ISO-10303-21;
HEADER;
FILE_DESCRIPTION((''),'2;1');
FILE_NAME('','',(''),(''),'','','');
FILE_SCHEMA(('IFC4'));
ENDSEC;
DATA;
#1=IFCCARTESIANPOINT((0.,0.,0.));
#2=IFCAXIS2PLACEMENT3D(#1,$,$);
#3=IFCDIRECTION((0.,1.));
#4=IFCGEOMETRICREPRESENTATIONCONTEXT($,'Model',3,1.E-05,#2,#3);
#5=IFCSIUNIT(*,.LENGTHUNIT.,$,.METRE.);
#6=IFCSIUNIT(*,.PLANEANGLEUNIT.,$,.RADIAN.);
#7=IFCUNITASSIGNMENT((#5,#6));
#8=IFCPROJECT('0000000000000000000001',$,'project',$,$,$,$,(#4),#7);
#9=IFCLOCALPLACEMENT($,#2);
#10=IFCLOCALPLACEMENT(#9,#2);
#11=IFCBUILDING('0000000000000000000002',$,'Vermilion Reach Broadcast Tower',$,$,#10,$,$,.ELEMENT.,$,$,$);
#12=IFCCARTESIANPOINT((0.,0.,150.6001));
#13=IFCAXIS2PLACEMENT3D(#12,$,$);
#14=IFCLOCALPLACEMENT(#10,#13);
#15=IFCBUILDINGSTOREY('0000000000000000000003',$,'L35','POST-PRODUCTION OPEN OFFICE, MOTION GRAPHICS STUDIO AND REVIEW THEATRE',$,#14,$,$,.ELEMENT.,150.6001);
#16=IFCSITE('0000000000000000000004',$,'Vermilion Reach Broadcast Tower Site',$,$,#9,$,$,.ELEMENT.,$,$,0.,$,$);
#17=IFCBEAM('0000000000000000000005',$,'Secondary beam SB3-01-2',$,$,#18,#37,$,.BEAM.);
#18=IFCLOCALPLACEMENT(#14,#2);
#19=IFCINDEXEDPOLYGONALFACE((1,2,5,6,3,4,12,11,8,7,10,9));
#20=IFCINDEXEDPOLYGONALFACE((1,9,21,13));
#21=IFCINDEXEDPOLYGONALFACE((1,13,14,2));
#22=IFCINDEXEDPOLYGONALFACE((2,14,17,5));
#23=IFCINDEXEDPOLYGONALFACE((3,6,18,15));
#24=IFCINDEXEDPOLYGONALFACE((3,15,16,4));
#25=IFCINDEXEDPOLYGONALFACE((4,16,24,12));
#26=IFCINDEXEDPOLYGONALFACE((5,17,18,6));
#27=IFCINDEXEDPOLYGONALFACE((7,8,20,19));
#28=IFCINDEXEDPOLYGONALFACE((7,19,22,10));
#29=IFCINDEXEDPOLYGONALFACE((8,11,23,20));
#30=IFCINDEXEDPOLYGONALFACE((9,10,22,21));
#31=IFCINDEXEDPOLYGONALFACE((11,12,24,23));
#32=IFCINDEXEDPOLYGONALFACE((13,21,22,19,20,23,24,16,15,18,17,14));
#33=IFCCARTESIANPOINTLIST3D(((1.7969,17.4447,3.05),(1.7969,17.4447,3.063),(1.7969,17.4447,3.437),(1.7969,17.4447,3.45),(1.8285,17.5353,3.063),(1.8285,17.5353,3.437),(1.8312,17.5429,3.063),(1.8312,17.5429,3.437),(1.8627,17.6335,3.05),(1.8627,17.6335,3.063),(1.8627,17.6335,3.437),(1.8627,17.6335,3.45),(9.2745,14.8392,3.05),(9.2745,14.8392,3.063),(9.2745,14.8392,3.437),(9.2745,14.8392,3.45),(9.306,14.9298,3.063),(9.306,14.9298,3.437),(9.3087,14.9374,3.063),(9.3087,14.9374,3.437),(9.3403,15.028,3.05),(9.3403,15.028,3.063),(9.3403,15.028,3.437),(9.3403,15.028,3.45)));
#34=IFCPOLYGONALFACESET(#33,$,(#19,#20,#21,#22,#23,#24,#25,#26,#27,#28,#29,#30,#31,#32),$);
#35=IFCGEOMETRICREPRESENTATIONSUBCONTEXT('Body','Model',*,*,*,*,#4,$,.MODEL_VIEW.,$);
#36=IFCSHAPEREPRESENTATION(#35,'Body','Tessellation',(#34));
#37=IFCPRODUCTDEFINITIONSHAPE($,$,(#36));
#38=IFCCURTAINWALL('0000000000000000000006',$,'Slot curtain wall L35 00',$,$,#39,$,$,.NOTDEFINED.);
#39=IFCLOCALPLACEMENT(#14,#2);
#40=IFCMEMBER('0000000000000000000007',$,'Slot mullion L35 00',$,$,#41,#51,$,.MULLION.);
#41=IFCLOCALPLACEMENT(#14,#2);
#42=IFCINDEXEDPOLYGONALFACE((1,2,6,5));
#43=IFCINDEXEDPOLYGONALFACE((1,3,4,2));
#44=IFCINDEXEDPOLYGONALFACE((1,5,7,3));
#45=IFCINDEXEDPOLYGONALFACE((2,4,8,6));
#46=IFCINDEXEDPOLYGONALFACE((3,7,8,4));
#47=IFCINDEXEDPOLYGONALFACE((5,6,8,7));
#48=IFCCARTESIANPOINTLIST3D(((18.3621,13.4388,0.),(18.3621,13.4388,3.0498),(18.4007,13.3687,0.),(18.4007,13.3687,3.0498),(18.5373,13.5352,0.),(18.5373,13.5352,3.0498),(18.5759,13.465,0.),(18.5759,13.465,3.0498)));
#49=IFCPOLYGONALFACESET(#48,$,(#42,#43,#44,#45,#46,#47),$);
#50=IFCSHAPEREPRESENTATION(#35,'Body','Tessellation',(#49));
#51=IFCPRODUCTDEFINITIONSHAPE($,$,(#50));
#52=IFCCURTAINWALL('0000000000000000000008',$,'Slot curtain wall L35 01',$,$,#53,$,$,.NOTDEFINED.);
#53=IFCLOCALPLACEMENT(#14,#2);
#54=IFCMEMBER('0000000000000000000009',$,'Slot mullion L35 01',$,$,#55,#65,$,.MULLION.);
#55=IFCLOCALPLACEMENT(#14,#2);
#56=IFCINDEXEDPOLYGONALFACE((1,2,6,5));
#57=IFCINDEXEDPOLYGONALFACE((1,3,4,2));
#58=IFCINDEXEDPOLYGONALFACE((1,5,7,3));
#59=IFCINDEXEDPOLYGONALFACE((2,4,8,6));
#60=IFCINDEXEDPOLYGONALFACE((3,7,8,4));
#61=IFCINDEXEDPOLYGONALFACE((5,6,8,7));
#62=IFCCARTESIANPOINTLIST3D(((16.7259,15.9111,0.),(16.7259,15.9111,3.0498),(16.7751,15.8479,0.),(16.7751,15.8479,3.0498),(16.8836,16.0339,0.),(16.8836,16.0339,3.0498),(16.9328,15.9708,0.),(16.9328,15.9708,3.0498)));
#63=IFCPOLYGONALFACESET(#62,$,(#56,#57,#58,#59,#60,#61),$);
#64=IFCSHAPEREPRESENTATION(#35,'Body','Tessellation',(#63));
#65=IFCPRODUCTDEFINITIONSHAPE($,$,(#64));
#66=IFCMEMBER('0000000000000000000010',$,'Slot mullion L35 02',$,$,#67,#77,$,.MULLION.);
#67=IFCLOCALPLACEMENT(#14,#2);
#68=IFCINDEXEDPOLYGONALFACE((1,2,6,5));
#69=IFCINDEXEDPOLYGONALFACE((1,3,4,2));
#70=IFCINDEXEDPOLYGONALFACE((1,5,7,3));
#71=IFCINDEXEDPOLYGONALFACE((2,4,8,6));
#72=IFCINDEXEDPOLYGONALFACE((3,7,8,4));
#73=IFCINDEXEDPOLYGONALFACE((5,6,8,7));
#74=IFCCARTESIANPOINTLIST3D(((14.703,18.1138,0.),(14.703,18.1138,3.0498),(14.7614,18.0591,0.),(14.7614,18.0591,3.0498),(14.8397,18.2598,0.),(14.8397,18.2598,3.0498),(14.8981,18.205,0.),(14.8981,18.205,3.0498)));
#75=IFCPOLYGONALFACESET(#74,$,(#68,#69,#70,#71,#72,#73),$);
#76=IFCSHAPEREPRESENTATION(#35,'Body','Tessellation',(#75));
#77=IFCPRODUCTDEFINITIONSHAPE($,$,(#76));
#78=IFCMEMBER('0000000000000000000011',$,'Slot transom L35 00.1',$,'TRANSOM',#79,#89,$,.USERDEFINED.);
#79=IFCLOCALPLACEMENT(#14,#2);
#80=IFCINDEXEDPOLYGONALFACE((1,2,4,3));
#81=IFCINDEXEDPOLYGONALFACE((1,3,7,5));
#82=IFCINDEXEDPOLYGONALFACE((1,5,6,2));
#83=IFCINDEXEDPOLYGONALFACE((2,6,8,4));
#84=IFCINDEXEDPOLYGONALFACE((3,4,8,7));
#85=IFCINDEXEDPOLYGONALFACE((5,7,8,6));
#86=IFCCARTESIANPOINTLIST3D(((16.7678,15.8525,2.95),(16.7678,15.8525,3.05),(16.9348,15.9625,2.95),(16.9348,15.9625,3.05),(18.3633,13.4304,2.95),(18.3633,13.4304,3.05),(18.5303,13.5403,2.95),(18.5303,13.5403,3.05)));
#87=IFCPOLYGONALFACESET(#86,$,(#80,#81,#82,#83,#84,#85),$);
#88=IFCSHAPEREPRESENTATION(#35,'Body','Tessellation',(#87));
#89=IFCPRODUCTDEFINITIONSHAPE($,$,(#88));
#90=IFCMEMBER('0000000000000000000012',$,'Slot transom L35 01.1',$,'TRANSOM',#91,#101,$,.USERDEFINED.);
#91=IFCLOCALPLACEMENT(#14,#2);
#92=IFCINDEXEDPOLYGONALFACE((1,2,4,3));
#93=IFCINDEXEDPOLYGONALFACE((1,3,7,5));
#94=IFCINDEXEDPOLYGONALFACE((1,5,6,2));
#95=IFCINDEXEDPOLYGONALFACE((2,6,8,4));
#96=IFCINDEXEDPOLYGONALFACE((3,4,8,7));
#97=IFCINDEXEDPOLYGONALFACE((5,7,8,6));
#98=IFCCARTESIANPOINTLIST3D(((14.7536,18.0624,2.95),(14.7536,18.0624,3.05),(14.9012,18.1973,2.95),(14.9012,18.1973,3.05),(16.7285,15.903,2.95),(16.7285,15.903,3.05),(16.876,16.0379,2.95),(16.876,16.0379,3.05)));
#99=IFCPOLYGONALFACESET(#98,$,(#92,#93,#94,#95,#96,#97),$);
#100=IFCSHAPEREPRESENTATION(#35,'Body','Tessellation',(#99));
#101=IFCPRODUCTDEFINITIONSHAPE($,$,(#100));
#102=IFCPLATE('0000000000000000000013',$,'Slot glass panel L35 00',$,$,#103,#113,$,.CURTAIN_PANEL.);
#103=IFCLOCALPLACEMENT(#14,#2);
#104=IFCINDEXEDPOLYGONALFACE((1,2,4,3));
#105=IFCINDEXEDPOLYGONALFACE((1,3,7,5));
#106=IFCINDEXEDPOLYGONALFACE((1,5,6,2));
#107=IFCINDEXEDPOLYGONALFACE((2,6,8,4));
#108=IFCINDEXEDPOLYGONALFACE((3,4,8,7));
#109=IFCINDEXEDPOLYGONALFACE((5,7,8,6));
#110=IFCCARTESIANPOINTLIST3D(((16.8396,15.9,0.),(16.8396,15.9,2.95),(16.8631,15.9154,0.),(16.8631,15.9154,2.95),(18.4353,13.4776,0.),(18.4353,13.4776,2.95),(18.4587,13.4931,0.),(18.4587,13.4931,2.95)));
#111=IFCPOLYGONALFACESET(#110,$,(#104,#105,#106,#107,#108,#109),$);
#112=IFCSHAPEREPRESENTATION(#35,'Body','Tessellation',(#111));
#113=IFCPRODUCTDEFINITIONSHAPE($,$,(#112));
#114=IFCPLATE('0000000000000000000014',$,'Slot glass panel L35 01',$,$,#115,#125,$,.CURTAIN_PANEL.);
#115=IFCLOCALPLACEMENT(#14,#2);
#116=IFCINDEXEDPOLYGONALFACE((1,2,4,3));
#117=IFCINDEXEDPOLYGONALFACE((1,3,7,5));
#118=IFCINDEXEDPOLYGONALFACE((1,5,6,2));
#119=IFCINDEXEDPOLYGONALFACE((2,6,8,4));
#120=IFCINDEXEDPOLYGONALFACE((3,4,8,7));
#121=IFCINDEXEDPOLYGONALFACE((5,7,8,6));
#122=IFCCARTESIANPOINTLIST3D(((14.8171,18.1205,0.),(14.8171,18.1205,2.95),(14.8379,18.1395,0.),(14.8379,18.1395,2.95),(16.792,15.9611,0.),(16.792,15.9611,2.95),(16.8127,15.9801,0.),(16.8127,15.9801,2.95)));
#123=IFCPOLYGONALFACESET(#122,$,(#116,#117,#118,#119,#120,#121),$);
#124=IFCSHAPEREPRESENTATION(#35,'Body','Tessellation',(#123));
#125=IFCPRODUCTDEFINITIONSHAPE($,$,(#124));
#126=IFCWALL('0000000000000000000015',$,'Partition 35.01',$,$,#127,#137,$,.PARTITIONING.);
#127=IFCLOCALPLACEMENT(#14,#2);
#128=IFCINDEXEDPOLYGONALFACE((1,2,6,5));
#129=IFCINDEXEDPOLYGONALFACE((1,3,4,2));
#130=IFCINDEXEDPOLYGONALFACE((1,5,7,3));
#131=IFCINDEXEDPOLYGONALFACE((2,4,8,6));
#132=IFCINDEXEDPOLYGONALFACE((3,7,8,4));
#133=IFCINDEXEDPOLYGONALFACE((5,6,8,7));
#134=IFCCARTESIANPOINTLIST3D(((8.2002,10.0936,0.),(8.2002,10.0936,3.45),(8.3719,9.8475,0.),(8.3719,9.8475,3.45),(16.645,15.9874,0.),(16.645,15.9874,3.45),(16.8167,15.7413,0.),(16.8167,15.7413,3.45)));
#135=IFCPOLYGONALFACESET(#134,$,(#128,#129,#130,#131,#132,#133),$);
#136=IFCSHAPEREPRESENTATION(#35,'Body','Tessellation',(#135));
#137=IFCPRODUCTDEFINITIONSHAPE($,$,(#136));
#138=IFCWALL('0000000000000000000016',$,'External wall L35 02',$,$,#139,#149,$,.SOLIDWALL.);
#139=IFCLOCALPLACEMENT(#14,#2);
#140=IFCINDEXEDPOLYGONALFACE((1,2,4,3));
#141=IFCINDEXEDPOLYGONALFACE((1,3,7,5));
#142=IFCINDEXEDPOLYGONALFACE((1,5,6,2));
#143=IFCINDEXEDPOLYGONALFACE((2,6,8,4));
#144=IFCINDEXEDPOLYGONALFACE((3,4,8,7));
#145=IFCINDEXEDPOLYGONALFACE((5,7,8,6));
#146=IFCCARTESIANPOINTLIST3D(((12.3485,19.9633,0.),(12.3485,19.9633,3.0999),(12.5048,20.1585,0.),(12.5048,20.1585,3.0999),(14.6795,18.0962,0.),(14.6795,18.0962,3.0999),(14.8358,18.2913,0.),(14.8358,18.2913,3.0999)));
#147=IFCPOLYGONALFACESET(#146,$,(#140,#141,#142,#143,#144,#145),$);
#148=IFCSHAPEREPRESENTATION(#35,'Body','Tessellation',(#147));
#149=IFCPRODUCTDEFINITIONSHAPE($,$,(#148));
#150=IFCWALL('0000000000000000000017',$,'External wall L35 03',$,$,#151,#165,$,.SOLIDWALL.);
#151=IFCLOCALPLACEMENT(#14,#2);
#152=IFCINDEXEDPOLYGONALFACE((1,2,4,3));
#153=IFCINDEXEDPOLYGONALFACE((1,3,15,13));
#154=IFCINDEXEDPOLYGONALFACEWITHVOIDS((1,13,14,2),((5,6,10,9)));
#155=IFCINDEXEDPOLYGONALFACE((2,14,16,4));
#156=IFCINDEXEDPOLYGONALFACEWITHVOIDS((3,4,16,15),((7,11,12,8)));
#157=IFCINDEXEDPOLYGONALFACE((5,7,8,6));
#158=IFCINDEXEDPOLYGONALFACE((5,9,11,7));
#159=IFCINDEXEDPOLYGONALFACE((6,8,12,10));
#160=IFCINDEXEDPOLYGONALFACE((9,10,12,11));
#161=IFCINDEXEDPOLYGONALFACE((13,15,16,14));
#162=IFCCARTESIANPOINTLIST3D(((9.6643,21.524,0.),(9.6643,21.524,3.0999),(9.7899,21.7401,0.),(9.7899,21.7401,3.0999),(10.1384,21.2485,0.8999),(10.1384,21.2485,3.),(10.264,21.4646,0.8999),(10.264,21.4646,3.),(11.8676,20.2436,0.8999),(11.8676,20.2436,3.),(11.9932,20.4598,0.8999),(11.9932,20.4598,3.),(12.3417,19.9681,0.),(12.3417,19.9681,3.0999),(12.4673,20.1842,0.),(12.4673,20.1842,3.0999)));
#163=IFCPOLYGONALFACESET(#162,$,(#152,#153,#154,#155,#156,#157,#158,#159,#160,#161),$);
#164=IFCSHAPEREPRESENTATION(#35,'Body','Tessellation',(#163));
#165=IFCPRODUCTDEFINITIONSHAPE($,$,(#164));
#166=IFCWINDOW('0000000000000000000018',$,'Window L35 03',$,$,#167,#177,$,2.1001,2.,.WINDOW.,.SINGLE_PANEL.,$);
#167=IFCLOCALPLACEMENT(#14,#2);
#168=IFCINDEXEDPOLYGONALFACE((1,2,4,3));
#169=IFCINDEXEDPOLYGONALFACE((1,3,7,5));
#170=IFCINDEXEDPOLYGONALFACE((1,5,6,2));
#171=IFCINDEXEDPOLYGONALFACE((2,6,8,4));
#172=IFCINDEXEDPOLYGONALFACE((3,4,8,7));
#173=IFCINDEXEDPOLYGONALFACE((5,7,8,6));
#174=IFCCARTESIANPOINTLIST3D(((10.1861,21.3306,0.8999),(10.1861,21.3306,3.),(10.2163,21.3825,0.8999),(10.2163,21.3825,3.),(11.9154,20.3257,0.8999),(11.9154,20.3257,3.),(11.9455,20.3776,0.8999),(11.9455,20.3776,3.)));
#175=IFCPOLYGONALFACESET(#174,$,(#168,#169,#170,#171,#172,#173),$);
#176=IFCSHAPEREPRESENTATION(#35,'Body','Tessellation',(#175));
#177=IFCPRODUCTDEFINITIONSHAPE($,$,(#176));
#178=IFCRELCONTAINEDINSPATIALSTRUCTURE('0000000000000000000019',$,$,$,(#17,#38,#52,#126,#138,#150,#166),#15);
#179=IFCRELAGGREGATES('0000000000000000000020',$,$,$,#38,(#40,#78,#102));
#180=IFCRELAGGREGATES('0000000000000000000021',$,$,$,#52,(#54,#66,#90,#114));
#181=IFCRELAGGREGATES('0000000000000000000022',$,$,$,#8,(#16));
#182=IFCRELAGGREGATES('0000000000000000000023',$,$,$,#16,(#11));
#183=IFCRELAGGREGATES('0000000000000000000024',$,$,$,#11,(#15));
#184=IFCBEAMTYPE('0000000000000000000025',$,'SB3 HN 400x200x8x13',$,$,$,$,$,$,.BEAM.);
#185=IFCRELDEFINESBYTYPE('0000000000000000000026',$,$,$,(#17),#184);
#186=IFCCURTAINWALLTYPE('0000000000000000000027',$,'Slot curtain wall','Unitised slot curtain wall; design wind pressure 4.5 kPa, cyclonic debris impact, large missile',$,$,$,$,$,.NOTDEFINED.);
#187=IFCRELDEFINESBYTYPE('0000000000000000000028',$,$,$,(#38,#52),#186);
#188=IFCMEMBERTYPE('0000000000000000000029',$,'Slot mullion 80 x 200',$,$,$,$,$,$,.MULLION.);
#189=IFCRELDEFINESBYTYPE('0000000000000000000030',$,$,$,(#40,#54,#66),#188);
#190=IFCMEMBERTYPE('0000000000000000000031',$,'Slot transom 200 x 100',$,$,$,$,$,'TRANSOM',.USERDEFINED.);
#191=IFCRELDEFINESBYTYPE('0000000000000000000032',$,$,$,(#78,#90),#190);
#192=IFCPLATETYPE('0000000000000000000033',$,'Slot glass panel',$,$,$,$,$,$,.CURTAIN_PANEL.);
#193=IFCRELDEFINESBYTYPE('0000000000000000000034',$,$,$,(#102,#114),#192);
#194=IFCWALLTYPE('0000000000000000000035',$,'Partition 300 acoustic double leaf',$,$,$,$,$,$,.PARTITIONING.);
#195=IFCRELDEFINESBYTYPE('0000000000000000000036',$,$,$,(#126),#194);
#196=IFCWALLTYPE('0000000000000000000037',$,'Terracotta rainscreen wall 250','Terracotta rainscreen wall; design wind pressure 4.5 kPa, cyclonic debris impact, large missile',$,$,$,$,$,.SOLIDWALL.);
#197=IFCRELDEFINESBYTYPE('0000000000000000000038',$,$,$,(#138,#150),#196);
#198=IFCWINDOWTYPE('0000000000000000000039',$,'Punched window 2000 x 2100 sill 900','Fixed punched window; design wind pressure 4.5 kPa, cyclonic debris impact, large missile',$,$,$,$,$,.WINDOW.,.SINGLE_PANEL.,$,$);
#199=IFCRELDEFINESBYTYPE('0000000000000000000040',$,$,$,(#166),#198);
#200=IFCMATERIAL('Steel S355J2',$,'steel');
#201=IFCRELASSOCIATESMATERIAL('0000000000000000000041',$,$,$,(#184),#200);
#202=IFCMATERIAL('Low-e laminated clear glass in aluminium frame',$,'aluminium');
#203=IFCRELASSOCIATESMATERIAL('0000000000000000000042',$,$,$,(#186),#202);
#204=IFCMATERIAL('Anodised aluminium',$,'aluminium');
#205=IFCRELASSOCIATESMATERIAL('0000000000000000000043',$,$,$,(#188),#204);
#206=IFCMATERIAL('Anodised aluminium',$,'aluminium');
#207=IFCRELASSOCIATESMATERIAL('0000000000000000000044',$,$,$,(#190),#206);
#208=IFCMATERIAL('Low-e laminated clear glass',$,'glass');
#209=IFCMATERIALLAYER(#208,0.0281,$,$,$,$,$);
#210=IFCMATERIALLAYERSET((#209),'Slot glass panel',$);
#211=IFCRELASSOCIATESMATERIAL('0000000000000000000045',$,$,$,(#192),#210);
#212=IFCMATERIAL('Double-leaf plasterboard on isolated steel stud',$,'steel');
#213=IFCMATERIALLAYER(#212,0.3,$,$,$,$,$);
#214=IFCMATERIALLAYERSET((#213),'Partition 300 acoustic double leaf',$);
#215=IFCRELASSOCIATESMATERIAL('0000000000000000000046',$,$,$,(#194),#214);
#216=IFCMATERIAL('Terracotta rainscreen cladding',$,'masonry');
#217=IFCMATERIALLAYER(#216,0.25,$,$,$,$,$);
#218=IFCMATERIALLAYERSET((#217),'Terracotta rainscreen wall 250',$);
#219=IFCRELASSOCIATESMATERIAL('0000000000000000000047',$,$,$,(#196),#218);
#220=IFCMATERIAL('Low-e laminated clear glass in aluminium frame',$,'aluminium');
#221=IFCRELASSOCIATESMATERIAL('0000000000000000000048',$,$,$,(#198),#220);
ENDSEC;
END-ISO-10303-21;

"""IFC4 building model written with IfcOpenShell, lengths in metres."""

from ifc_helpers import new_model, si_unit, direction, frame, frame_2d, origin, origin_2d, place, context, subcontext, project, spatial, rectangle, i_section, extrude, material, layer, layer_set, material_profile, profile_set, type_object, element, fill, aggregate, save


model = new_model("IFC4")

# Units and contexts
model_context = context("Model", 3, precision=1e-05, world=origin(), true_north=direction((0.0, 1.0)))
body_context = subcontext(model_context, "Body", "Model", "MODEL_VIEW")
ifc_project = project(units=[si_unit("LENGTHUNIT", "METRE"), si_unit("PLANEANGLEUNIT", "RADIAN")], contexts=[model_context])

# Site, building, storey
site_placement = place(None, origin())
site = spatial("IfcSite", under=ifc_project, at=site_placement, Name="Vermilion Reach Broadcast Tower Site", CompositionType="ELEMENT", RefElevation=0.0)
building_placement = place(site_placement, origin())
building = spatial("IfcBuilding", under=site, at=building_placement, Name="Vermilion Reach Broadcast Tower", CompositionType="ELEMENT")
storey_placement = place(building_placement, frame((0.0, 0.0, 150.6001)))
storey = spatial("IfcBuildingStorey", under=building, at=storey_placement, Name="L35", Description="POST-PRODUCTION OPEN OFFICE, MOTION GRAPHICS STUDIO AND REVIEW THEATRE", CompositionType="ELEMENT", Elevation=150.6001)

# Beam
ifc_material_1 = material(Name="Steel S355J2", Category="steel")
ifc_material_profile_1 = material_profile(ifc_material_1, i_section(OverallWidth=0.2, OverallDepth=0.3999, WebThickness=0.0081, FlangeThickness=0.0129, at=origin_2d()), Name="S355J2 HN 400x200x8x13")
ifc_profile_set_1 = profile_set([ifc_material_profile_1], Name="Steel S355J2")
beam_type_1 = type_object("IfcBeamType", Name="SB3 HN 400x200x8x13", PredefinedType="BEAM", material=ifc_profile_set_1)
beam_1_placement = place(storey_placement, frame((9.3074, 14.9336, 3.25), z_axis=(-0.944317, 0.329037, 0.0), x_axis=(-0.329037, -0.944317, 0.0)))
element("IfcBeam", 1, at=beam_1_placement, inside=storey, type_object=beam_type_1, Name="Secondary beam SB3-01-2", PredefinedType="BEAM", context=body_context, shape_type="SweptSolid", body=[
    extrude(i_section(OverallWidth=0.2, OverallDepth=0.3999, WebThickness=0.0081, FlangeThickness=0.0129, at=origin_2d()), origin(), (0.0, 0.0, 1.0), 7.9185),
])

# Curtain wall, member
ifc_material_2 = material(Name="Low-e laminated clear glass in aluminium frame", Category="aluminium")
curtain_wall_type = type_object("IfcCurtainWallType", Name="Slot curtain wall", Description="Unitised slot curtain wall; design wind pressure 4.5 kPa, cyclonic debris impact, large missile", PredefinedType="NOTDEFINED", material=ifc_material_2)
placement = place(storey_placement, origin())
curtain_wall_1 = element("IfcCurtainWall", 2, at=placement, inside=storey, type_object=curtain_wall_type, Name="Slot curtain wall L35 00", PredefinedType="NOTDEFINED")
ifc_material_3 = material(Name="Anodised aluminium", Category="aluminium")
ifc_material_profile_2 = material_profile(ifc_material_3, rectangle(XDim=0.2, YDim=0.0801, at=origin_2d()), Name="Slot mullion 80 x 200")
ifc_profile_set_2 = profile_set([ifc_material_profile_2], Name="Anodised aluminium")
member_type_1 = type_object("IfcMemberType", Name="Slot mullion 80 x 200", PredefinedType="MULLION", material=ifc_profile_set_2)
member_1_placement = place(storey_placement, frame((18.469, 13.4519, 0.0), z_axis=(0.0, 0.0, 1.0), x_axis=(-0.876307, -0.481754, 0.0)))
member_1 = element("IfcMember", 3, at=member_1_placement, type_object=member_type_1, Name="Slot mullion L35 00", PredefinedType="MULLION", context=body_context, shape_type="SweptSolid", body=[
    extrude(rectangle(XDim=0.2, YDim=0.0801, at=origin_2d()), origin(), (0.0, 0.0, 1.0), 3.0498),
])

# Curtain wall, members
curtain_wall_2 = element("IfcCurtainWall", 4, at=placement, inside=storey, type_object=curtain_wall_type, Name="Slot curtain wall L35 01", PredefinedType="NOTDEFINED")
member_2_placement = place(storey_placement, frame((16.8293, 15.9409, 0.0), z_axis=(0.0, 0.0, 1.0), x_axis=(-0.788989, -0.614407, 0.0)))
member_2 = element("IfcMember", 5, at=member_2_placement, type_object=member_type_1, Name="Slot mullion L35 01", PredefinedType="MULLION", context=body_context, shape_type="SweptSolid", body=[
    extrude(rectangle(XDim=0.2, YDim=0.0801, at=origin_2d()), origin(), (0.0, 0.0, 1.0), 3.0498),
])
member_3_placement = place(storey_placement, frame((14.8005, 18.1594, 0.0), z_axis=(0.0, 0.0, 1.0), x_axis=(-0.683612, -0.729845, 0.0)))
member_3 = element("IfcMember", 6, at=member_3_placement, type_object=member_type_1, Name="Slot mullion L35 02", PredefinedType="MULLION", context=body_context, shape_type="SweptSolid", body=[
    extrude(rectangle(XDim=0.2, YDim=0.0801, at=origin_2d()), origin(), (0.0, 0.0, 1.0), 3.0498),
])

# Members
ifc_material_4 = material(Name="Anodised aluminium", Category="aluminium")
ifc_material_profile_3 = material_profile(ifc_material_4, rectangle(XDim=0.2, YDim=0.1001, at=origin_2d()), Name="Slot transom 200 x 100")
ifc_profile_set_3 = profile_set([ifc_material_profile_3], Name="Anodised aluminium")
member_type_2 = type_object("IfcMemberType", Name="Slot transom 200 x 100", ElementType="TRANSOM", PredefinedType="USERDEFINED", material=ifc_profile_set_3)
member_4_placement = place(storey_placement, frame((18.4468, 13.4854, 3.0), z_axis=(-0.550088, 0.835107, 0.0), x_axis=(-0.835107, -0.550088, 0.0)))
member_4 = element("IfcMember", 7, at=member_4_placement, type_object=member_type_2, Name="Slot transom L35 00.1", ObjectType="TRANSOM", PredefinedType="USERDEFINED", context=body_context, shape_type="SweptSolid", body=[
    extrude(rectangle(XDim=0.2, YDim=0.1001, at=origin_2d()), origin(), (0.0, 0.0, 1.0), 2.9004),
])
member_5_placement = place(storey_placement, frame((16.8022, 15.9705, 3.0), z_axis=(-0.674867, 0.73794, 0.0), x_axis=(-0.73794, -0.674867, 0.0)))
member_5 = element("IfcMember", 8, at=member_5_placement, type_object=member_type_2, Name="Slot transom L35 01.1", ObjectType="TRANSOM", PredefinedType="USERDEFINED", context=body_context, shape_type="SweptSolid", body=[
    extrude(rectangle(XDim=0.2, YDim=0.1001, at=origin_2d()), origin(), (0.0, 0.0, 1.0), 2.9263),
])

# Plates
ifc_material_5 = material(Name="Low-e laminated clear glass", Category="glass")
ifc_layer_1 = layer(ifc_material_5, 0.0281)
ifc_layer_set_1 = layer_set([ifc_layer_1], Name="Slot glass panel")
plate_type = type_object("IfcPlateType", Name="Slot glass panel", PredefinedType="CURTAIN_PANEL", material=ifc_layer_set_1)
plate_1_placement = place(storey_placement, frame((17.6492, 14.6965, 0.0), z_axis=(0.0, 0.0, 1.0), x_axis=(-0.55009, 0.835105, 0.0)))
plate_1 = element("IfcPlate", 9, at=plate_1_placement, type_object=plate_type, Name="Slot glass panel L35 00", PredefinedType="CURTAIN_PANEL", context=body_context, shape_type="SweptSolid", body=[
    extrude(rectangle(XDim=2.9006, YDim=0.0281, at=origin_2d()), origin(), (0.0, 0.0, 1.0), 2.95),
])
aggregate(curtain_wall_1, [member_1, member_4, plate_1])
plate_2_placement = place(storey_placement, frame((15.8149, 17.0503, 0.0), z_axis=(0.0, 0.0, 1.0), x_axis=(-0.674876, 0.737931, 0.0)))
plate_2 = element("IfcPlate", 10, at=plate_2_placement, type_object=plate_type, Name="Slot glass panel L35 01", PredefinedType="CURTAIN_PANEL", context=body_context, shape_type="SweptSolid", body=[
    extrude(rectangle(XDim=2.9263, YDim=0.0281, at=origin_2d()), origin(), (0.0, 0.0, 1.0), 2.95),
])
aggregate(curtain_wall_2, [member_2, member_3, member_5, plate_2])

# Walls
ifc_material_6 = material(Name="Double-leaf plasterboard on isolated steel stud", Category="steel")
ifc_layer_2 = layer(ifc_material_6, 0.3)
ifc_layer_set_2 = layer_set([ifc_layer_2], Name="Partition 300 acoustic double leaf")
wall_type_1 = type_object("IfcWallType", Name="Partition 300 acoustic double leaf", PredefinedType="PARTITIONING", material=ifc_layer_set_2)
wall_1_placement = place(storey_placement, frame((16.7307, 15.8643, 0.0), z_axis=(0.0, 0.0, 1.0), x_axis=(-0.820033, -0.572316, 0.0)))
element("IfcWall", 11, at=wall_1_placement, inside=storey, type_object=wall_type_1, Name="Partition 35.01", PredefinedType="PARTITIONING", context=body_context, shape_type="SweptSolid", body=[
    extrude(rectangle(XDim=10.2981, YDim=0.3, at=frame_2d((5.1489, 0.0))), origin(), (0.0, 0.0, 1.0), 3.45),
])
ifc_material_7 = material(Name="Terracotta rainscreen cladding", Category="masonry")
ifc_layer_3 = layer(ifc_material_7, 0.25)
ifc_layer_set_3 = layer_set([ifc_layer_3], Name="Terracotta rainscreen wall 250")
wall_type_2 = type_object("IfcWallType", Name="Terracotta rainscreen wall 250", Description="Terracotta rainscreen wall; design wind pressure 4.5 kPa, cyclonic debris impact, large missile", PredefinedType="SOLIDWALL", material=ifc_layer_set_3)
wall_2_placement = place(storey_placement, frame((14.7576, 18.1938, 0.0), z_axis=(0.0, 0.0, 1.0), x_axis=(-0.780486, 0.625173, 0.0)))
element("IfcWall", 12, at=wall_2_placement, inside=storey, type_object=wall_type_2, Name="External wall L35 02", PredefinedType="SOLIDWALL", context=body_context, shape_type="SweptSolid", body=[
    extrude(rectangle(XDim=2.9866, YDim=0.25, at=frame_2d((1.4932, 0.0))), origin(), (0.0, 0.0, 1.0), 3.0999),
])

# Wall, opening, window
wall_3_placement = place(storey_placement, frame((12.4045, 20.0762, 0.0), z_axis=(0.0, 0.0, 1.0), x_axis=(-0.864616, 0.502434, 0.0)))
wall_3 = element("IfcWall", 13, at=wall_3_placement, inside=storey, type_object=wall_type_2, Name="External wall L35 03", PredefinedType="SOLIDWALL", context=body_context, shape_type="SweptSolid", body=[
    extrude(rectangle(XDim=3.0967, YDim=0.25, at=frame_2d((1.5483, 0.0))), origin(), (0.0, 0.0, 1.0), 3.0999),
])
opening_1_placement = place(wall_3_placement, frame((0.5483, 0.0, 0.8999)))
opening_1 = element("IfcOpeningElement", 14, at=opening_1_placement, cuts=wall_3, PredefinedType="OPENING", context=body_context, shape_type="SweptSolid", body=[
    extrude(rectangle(XDim=2.0, YDim=2.1001, at=frame_2d((1.0, 1.05))), frame((0.0, 0.135, 0.0), z_axis=(0.0, -1.0, 0.0), x_axis=(1.0, 0.0, 0.0)), (0.0, 0.0, 1.0), 0.27),
])
ifc_material_8 = material(Name="Low-e laminated clear glass in aluminium frame", Category="aluminium")
window_type = type_object("IfcWindowType", Name="Punched window 2000 x 2100 sill 900", Description="Fixed punched window; design wind pressure 4.5 kPa, cyclonic debris impact, large missile", PartitioningType="SINGLE_PANEL", PredefinedType="WINDOW", material=ifc_material_8)
window_1_placement = place(opening_1_placement, origin())
window_1 = element("IfcWindow", 15, at=window_1_placement, inside=storey, type_object=window_type, Name="Window L35 03", OverallHeight=2.1001, OverallWidth=2.0, PartitioningType="SINGLE_PANEL", PredefinedType="WINDOW", context=body_context, shape_type="SweptSolid", body=[
    extrude(rectangle(XDim=2.0, YDim=2.1001, at=frame_2d((1.0, 1.05))), frame((0.0, 0.03, 0.0), z_axis=(0.0, -1.0, 0.0), x_axis=(1.0, 0.0, 0.0)), (0.0, 0.0, 1.0), 0.0601),
])
fill(opening_1, window_1)

save(model, "model.ifc")
